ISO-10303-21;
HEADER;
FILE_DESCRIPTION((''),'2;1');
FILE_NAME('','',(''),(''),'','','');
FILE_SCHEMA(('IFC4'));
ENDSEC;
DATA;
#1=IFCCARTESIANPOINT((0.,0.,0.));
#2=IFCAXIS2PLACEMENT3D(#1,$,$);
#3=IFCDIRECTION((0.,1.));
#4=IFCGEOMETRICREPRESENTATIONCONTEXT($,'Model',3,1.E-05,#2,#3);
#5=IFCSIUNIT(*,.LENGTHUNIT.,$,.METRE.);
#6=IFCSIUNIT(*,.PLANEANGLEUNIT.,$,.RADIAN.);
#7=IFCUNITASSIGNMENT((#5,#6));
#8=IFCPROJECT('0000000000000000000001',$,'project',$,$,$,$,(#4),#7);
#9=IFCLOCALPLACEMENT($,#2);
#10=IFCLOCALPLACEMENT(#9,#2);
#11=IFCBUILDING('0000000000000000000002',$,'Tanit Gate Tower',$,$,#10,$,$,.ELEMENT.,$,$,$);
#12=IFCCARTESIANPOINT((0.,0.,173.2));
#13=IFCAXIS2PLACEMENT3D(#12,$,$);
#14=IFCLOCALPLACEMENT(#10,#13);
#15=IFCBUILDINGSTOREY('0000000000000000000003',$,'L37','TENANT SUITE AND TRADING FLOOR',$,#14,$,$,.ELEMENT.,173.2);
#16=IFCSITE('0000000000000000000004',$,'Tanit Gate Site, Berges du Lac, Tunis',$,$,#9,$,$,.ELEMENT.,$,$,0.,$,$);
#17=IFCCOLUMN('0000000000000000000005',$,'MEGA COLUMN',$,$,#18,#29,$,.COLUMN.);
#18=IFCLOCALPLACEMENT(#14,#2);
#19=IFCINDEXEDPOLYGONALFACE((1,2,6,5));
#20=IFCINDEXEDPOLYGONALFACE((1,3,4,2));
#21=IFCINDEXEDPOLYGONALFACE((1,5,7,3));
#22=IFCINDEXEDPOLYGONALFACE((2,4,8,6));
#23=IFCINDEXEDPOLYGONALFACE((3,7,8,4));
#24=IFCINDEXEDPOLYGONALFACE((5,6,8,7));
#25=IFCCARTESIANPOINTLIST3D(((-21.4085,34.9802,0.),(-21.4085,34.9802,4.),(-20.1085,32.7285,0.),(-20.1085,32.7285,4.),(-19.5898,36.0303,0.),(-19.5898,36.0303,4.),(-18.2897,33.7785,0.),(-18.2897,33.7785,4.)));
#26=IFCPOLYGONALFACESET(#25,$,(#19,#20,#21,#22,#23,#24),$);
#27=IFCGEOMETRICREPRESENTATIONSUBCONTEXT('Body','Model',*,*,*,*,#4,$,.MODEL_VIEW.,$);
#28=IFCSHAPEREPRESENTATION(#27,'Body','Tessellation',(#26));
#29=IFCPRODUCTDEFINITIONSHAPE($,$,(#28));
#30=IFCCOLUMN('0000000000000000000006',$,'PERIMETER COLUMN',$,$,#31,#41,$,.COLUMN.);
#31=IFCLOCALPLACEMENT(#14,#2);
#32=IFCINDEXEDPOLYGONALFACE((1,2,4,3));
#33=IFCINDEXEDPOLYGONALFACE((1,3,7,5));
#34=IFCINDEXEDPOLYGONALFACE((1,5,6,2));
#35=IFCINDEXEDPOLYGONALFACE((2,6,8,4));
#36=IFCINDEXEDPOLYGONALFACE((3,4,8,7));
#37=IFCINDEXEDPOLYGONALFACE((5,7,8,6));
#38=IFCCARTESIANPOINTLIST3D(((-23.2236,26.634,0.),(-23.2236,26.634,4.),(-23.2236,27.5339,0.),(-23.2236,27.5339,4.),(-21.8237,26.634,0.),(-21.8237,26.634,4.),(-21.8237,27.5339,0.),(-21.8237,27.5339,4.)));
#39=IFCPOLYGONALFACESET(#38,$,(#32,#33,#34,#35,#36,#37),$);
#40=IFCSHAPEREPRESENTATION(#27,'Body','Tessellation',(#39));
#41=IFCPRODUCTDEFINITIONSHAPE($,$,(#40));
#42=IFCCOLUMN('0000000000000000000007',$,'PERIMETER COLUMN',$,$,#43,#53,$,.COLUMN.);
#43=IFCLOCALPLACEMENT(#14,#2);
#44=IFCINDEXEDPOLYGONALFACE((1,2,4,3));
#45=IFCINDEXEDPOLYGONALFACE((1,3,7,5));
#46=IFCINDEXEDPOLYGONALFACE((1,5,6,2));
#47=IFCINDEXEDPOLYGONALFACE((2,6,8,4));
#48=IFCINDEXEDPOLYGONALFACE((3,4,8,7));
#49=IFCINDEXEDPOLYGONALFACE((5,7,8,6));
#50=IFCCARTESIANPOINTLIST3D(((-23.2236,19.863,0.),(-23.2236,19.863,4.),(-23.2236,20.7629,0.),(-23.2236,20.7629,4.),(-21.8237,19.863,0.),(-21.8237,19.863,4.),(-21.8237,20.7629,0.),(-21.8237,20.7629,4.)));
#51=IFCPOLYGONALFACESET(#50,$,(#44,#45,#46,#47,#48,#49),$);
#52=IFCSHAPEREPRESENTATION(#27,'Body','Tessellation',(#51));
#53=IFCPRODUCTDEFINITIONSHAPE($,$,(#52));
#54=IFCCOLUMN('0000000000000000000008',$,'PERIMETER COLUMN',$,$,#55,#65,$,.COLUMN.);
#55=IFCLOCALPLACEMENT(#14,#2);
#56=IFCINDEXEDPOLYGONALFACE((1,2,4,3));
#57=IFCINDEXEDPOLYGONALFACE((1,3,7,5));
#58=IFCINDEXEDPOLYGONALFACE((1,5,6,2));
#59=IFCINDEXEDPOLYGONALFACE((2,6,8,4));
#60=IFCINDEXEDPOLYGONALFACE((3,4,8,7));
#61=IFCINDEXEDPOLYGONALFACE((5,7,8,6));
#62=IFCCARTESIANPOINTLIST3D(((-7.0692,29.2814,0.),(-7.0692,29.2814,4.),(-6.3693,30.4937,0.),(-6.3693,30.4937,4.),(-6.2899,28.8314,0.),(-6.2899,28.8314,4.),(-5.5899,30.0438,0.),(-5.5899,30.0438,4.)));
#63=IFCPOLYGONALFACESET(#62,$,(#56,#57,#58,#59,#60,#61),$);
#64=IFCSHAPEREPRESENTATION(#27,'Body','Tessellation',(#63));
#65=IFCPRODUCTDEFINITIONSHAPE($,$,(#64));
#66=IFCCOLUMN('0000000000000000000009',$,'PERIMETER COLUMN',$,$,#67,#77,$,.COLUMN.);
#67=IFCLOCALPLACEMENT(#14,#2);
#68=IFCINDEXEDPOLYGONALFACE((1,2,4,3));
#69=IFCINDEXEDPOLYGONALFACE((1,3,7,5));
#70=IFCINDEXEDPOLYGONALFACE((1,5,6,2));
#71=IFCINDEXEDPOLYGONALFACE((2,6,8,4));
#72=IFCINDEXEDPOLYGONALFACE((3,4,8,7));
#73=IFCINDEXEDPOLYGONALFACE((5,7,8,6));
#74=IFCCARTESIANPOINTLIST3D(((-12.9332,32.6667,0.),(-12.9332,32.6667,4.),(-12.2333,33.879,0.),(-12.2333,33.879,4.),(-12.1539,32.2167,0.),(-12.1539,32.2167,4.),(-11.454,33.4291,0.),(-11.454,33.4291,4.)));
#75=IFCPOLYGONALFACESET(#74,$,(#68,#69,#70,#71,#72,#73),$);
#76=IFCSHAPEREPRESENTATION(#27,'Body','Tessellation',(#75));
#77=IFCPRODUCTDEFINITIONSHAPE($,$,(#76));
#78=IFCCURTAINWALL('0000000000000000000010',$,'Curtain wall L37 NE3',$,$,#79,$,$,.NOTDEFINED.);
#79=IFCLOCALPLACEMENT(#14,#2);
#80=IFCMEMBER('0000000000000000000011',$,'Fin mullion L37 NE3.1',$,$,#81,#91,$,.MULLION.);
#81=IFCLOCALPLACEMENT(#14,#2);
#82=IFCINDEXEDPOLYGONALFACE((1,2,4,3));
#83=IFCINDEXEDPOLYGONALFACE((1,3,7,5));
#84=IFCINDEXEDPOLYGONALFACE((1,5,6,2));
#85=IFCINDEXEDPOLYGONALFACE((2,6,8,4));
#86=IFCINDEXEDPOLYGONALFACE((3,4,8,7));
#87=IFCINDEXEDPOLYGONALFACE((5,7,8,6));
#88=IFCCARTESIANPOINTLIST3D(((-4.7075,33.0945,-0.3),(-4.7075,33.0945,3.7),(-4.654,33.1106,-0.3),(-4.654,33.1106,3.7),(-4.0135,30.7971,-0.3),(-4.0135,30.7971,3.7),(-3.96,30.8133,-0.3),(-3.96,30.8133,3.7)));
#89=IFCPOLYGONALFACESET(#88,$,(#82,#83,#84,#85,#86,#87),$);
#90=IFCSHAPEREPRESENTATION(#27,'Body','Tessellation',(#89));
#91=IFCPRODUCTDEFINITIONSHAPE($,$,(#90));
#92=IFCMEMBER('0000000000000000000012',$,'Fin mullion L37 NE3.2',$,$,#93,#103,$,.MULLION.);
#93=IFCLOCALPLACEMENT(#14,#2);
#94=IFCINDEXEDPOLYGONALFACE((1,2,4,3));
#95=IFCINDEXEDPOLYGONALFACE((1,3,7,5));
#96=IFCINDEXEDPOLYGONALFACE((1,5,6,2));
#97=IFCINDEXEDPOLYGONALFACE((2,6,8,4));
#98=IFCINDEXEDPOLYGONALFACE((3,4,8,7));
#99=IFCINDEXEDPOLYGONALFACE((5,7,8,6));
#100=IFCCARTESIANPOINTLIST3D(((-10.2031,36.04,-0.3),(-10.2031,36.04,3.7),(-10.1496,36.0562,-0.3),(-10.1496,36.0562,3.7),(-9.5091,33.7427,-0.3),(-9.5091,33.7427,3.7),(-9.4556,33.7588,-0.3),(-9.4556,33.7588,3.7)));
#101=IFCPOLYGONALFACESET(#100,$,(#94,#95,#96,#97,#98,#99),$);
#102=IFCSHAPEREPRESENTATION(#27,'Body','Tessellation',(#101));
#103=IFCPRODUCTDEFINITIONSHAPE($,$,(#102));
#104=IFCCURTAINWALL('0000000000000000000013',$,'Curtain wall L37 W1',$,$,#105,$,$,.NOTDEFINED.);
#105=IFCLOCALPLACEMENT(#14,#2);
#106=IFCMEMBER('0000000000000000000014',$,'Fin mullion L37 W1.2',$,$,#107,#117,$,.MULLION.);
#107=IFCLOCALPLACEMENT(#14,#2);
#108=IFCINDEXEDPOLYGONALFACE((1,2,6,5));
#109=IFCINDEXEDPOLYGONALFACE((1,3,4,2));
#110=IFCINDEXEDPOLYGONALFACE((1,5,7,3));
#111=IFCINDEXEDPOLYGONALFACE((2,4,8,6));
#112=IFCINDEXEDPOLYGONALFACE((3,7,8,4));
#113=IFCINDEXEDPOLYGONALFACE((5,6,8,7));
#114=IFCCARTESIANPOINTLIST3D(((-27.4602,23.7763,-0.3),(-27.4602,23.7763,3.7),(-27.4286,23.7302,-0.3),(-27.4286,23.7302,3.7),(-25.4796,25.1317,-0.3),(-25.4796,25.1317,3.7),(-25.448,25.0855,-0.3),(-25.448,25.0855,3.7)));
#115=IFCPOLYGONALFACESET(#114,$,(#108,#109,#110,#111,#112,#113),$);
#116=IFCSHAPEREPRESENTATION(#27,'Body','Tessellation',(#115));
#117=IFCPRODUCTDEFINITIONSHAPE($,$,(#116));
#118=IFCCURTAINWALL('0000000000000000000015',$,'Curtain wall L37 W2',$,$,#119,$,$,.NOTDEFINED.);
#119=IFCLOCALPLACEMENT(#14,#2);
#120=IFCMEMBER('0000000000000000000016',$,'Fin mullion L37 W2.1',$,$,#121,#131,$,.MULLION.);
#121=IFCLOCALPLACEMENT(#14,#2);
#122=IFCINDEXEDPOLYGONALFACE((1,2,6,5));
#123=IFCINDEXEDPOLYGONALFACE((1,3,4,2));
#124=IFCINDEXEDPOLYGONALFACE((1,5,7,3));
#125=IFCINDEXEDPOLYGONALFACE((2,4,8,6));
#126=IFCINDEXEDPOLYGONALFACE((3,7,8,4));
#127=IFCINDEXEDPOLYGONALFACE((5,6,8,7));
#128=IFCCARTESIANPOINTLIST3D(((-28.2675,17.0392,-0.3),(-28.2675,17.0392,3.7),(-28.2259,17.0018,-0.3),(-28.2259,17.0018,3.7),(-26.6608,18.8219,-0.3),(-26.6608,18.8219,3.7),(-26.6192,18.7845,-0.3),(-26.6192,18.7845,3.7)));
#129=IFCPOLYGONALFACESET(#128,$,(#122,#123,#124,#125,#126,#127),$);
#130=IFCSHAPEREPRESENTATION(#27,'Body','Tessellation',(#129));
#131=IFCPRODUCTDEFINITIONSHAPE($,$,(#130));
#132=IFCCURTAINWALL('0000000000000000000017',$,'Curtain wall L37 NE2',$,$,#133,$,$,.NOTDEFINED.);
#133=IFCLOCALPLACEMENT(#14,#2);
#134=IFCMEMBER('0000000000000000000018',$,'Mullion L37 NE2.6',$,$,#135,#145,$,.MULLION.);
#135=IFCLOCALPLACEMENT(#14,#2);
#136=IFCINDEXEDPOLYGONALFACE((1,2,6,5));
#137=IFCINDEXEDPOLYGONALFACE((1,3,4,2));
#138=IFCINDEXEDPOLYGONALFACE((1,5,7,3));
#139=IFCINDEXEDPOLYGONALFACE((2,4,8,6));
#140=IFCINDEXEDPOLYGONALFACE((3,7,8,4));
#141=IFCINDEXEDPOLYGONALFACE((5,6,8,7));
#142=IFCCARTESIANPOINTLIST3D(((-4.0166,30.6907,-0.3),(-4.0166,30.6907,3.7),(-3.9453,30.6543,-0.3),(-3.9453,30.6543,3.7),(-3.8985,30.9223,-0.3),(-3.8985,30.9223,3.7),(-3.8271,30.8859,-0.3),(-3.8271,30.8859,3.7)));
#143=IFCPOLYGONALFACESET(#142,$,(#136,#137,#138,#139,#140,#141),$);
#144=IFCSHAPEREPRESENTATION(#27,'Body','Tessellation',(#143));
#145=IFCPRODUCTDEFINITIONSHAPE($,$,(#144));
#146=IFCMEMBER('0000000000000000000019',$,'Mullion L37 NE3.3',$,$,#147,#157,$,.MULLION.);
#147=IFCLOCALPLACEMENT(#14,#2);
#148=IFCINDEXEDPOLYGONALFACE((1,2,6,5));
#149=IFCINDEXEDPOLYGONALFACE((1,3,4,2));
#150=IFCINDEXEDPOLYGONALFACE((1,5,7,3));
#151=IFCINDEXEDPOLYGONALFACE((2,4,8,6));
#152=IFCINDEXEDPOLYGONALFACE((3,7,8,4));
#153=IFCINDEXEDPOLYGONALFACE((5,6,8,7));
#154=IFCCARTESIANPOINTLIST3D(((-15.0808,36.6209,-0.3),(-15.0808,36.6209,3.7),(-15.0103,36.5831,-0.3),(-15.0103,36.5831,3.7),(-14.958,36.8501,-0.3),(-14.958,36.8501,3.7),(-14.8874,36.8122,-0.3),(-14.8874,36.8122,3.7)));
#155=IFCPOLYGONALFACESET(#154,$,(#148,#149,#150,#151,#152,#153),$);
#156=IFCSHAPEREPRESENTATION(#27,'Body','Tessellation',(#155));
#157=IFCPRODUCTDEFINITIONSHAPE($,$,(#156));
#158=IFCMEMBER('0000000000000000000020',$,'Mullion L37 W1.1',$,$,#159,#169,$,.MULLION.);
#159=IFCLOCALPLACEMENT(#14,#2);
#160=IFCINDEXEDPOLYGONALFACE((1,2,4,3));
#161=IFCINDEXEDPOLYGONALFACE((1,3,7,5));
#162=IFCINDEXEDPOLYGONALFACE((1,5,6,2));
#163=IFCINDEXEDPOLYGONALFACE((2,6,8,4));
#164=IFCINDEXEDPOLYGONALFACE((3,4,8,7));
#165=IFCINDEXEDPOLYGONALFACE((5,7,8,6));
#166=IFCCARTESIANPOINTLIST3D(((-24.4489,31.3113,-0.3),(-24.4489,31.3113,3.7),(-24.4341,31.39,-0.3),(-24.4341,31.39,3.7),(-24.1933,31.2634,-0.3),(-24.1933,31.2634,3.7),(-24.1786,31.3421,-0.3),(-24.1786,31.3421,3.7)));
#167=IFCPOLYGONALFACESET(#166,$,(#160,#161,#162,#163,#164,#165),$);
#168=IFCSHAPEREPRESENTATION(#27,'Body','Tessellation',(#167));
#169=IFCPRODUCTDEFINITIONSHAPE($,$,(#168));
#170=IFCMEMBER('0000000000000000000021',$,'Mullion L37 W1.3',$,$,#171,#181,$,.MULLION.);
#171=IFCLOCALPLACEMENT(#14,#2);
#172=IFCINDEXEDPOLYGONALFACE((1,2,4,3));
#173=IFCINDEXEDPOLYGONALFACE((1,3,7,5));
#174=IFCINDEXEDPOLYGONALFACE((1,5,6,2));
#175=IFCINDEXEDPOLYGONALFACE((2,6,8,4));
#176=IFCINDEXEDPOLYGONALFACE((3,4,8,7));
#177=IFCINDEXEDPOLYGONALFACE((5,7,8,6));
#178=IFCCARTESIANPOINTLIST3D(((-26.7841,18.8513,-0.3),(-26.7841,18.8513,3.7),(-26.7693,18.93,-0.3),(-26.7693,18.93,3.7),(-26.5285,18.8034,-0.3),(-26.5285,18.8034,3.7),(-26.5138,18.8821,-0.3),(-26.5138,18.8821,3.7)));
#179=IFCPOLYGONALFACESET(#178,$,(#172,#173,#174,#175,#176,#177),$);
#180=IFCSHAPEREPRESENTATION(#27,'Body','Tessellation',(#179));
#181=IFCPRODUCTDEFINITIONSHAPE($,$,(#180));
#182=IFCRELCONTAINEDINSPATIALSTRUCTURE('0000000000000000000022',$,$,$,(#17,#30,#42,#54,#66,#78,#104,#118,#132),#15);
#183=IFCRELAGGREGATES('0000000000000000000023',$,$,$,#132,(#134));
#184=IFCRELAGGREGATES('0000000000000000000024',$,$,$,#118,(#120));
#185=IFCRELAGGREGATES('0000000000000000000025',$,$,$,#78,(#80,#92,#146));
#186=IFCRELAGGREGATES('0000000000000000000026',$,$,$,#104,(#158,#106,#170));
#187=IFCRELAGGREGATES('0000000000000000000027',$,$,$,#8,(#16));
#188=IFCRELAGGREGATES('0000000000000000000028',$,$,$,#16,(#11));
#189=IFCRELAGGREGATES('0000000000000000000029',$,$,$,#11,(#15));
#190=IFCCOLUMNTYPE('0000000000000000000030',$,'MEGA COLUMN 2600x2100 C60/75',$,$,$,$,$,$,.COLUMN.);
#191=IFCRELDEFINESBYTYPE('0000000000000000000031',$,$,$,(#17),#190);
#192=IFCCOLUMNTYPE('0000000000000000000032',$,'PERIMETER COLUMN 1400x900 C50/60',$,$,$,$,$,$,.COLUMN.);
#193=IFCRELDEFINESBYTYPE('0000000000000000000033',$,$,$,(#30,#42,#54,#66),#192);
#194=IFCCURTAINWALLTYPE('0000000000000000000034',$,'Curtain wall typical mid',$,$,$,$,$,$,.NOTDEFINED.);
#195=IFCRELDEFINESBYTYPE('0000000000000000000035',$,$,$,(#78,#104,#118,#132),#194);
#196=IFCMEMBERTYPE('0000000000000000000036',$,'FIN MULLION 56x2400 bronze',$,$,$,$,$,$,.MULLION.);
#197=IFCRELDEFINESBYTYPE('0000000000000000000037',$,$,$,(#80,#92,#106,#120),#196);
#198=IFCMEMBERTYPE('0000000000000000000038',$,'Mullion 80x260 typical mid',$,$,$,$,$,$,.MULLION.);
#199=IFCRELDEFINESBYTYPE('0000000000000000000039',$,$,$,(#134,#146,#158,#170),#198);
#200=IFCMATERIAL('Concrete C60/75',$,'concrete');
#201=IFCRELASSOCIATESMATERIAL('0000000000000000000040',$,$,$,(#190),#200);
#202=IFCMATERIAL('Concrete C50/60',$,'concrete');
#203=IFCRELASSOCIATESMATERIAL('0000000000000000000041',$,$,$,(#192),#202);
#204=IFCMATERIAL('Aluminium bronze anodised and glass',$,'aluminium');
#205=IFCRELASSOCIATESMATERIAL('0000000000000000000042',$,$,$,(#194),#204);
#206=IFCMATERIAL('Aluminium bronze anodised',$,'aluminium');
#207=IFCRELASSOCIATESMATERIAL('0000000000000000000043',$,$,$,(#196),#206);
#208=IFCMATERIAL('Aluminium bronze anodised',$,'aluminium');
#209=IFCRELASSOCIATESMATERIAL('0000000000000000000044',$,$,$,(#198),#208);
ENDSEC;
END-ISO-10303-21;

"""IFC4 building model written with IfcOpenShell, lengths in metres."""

from ifc_helpers import new_model, si_unit, direction, frame, origin, origin_2d, place, context, subcontext, project, spatial, rectangle, extrude, material, material_profile, profile_set, type_object, element, aggregate, save


model = new_model("IFC4")

# Units and contexts
model_context = context("Model", 3, precision=1e-05, world=origin(), true_north=direction((0.0, 1.0)))
body_context = subcontext(model_context, "Body", "Model", "MODEL_VIEW")
ifc_project = project(units=[si_unit("LENGTHUNIT", "METRE"), si_unit("PLANEANGLEUNIT", "RADIAN")], contexts=[model_context])

# Site, building, storey
site_placement = place(None, origin())
site = spatial("IfcSite", under=ifc_project, at=site_placement, Name="Tanit Gate Site, Berges du Lac, Tunis", CompositionType="ELEMENT", RefElevation=0.0)
building_placement = place(site_placement, origin())
building = spatial("IfcBuilding", under=site, at=building_placement, Name="Tanit Gate Tower", CompositionType="ELEMENT")
storey_placement = place(building_placement, frame((0.0, 0.0, 173.2)))
storey = spatial("IfcBuildingStorey", under=building, at=storey_placement, Name="L37", Description="TENANT SUITE AND TRADING FLOOR", CompositionType="ELEMENT", Elevation=173.2)

# Columns
ifc_material_1 = material(Name="Concrete C60/75", Category="concrete")
ifc_material_profile_1 = material_profile(ifc_material_1, rectangle(XDim=2.6001, YDim=2.1001, at=origin_2d()), Name="RC 2600x2100")
ifc_profile_set_1 = profile_set([ifc_material_profile_1], Name="Concrete C60/75")
column_type_1 = type_object("IfcColumnType", Name="MEGA COLUMN 2600x2100 C60/75", PredefinedType="COLUMN", material=ifc_profile_set_1)
column_placement = place(storey_placement, frame((-19.8491, 34.3794, 0.0), z_axis=(0.0, 0.0, 1.0), x_axis=(-0.5, 0.866025, 0.0)))
element("IfcColumn", 1, at=column_placement, inside=storey, type_object=column_type_1, Name="MEGA COLUMN", PredefinedType="COLUMN", context=body_context, shape_type="SweptSolid", body=[
    extrude(rectangle(XDim=2.6001, YDim=2.1001, at=origin_2d()), origin(), (0.0, 0.0, 1.0), 4.0),
])
ifc_material_2 = material(Name="Concrete C50/60", Category="concrete")
ifc_material_profile_2 = material_profile(ifc_material_2, rectangle(XDim=1.3999, YDim=0.8999, at=origin_2d()), Name="RC 1400x900")
ifc_profile_set_2 = profile_set([ifc_material_profile_2], Name="Concrete C50/60")
column_type_2 = type_object("IfcColumnType", Name="PERIMETER COLUMN 1400x900 C50/60", PredefinedType="COLUMN", material=ifc_profile_set_2)
for number, where, z_axis, x_axis, name in (
    (2, (-22.5237, 27.084, 0.0), (0.0, 0.0, 1.0), (-1.0, 0.0, 0.0), "PERIMETER COLUMN"),
    (3, (-22.5237, 20.313, 0.0), (0.0, 0.0, 1.0), (-1.0, 0.0, 0.0), "PERIMETER COLUMN"),
    (4, (-6.3296, 29.6626, 0.0), (0.0, 0.0, 1.0), (0.5, 0.866025, 0.0), "PERIMETER COLUMN"),
    (5, (-12.1936, 33.0479, 0.0), (0.0, 0.0, 1.0), (0.5, 0.866025, 0.0), "PERIMETER COLUMN"),
):
    element("IfcColumn", number, at=place(storey_placement, frame(where, z_axis=z_axis, x_axis=x_axis)), inside=storey, type_object=column_type_2, Name=name, PredefinedType="COLUMN", context=body_context, shape_type="SweptSolid", body=[
        extrude(rectangle(XDim=1.3999, YDim=0.8999, at=origin_2d()), origin(), (0.0, 0.0, 1.0), 4.0),
    ])

# Curtain wall, members
ifc_material_3 = material(Name="Aluminium bronze anodised and glass", Category="aluminium")
curtain_wall_type = type_object("IfcCurtainWallType", Name="Curtain wall typical mid", PredefinedType="NOTDEFINED", material=ifc_material_3)
curtain_wall_1_placement = place(storey_placement, origin())
curtain_wall_1 = element("IfcCurtainWall", 6, at=curtain_wall_1_placement, inside=storey, type_object=curtain_wall_type, Name="Curtain wall L37 NE3", PredefinedType="NOTDEFINED")
ifc_material_4 = material(Name="Aluminium bronze anodised", Category="aluminium")
ifc_material_profile_3 = material_profile(ifc_material_4, rectangle(XDim=2.3999, YDim=0.0559, at=origin_2d()), Name="56x2400 bronze fin mullion")
ifc_profile_set_3 = profile_set([ifc_material_profile_3], Name="Aluminium bronze anodised")
member_type_1 = type_object("IfcMemberType", Name="FIN MULLION 56x2400 bronze", PredefinedType="MULLION", material=ifc_profile_set_3)
member_1_placement = place(storey_placement, frame((-4.3337, 31.9539, -0.3), z_axis=(0.0, 0.0, 1.0), x_axis=(0.289196, -0.95727, 0.0)))
member_1 = element("IfcMember", 7, at=member_1_placement, type_object=member_type_1, Name="Fin mullion L37 NE3.1", PredefinedType="MULLION", context=body_context, shape_type="SweptSolid", body=[
    extrude(rectangle(XDim=2.3999, YDim=0.0559, at=origin_2d()), origin(), (0.0, 0.0, 1.0), 4.0),
])
member_2_placement = place(storey_placement, frame((-9.8293, 34.8994, -0.3), z_axis=(0.0, 0.0, 1.0), x_axis=(0.289196, -0.95727, 0.0)))
member_2 = element("IfcMember", 8, at=member_2_placement, type_object=member_type_1, Name="Fin mullion L37 NE3.2", PredefinedType="MULLION", context=body_context, shape_type="SweptSolid", body=[
    extrude(rectangle(XDim=2.3999, YDim=0.0559, at=origin_2d()), origin(), (0.0, 0.0, 1.0), 4.0),
])

# Curtain walls, members
curtain_wall_2_placement = place(storey_placement, origin())
curtain_wall_2 = element("IfcCurtainWall", 9, at=curtain_wall_2_placement, inside=storey, type_object=curtain_wall_type, Name="Curtain wall L37 W1", PredefinedType="NOTDEFINED")
member_3_placement = place(storey_placement, frame((-26.4541, 24.4309, -0.3), z_axis=(0.0, 0.0, 1.0), x_axis=(0.825254, 0.564762, 0.0)))
member_3 = element("IfcMember", 10, at=member_3_placement, type_object=member_type_1, Name="Fin mullion L37 W1.2", PredefinedType="MULLION", context=body_context, shape_type="SweptSolid", body=[
    extrude(rectangle(XDim=2.3999, YDim=0.0559, at=origin_2d()), origin(), (0.0, 0.0, 1.0), 4.0),
])
curtain_wall_3_placement = place(storey_placement, origin())
curtain_wall_3 = element("IfcCurtainWall", 11, at=curtain_wall_3_placement, inside=storey, type_object=curtain_wall_type, Name="Curtain wall L37 W2", PredefinedType="NOTDEFINED")
member_4_placement = place(storey_placement, frame((-27.4434, 17.9119, -0.3), z_axis=(0.0, 0.0, 1.0), x_axis=(0.669481, 0.742829, 0.0)))
member_4 = element("IfcMember", 12, at=member_4_placement, type_object=member_type_1, Name="Fin mullion L37 W2.1", PredefinedType="MULLION", context=body_context, shape_type="SweptSolid", body=[
    extrude(rectangle(XDim=2.3999, YDim=0.0559, at=origin_2d()), origin(), (0.0, 0.0, 1.0), 4.0),
])
curtain_wall_4_placement = place(storey_placement, origin())
curtain_wall_4 = element("IfcCurtainWall", 13, at=curtain_wall_4_placement, inside=storey, type_object=curtain_wall_type, Name="Curtain wall L37 NE2", PredefinedType="NOTDEFINED")
ifc_material_5 = material(Name="Aluminium bronze anodised", Category="aluminium")
ifc_material_profile_4 = material_profile(ifc_material_5, rectangle(XDim=0.26, YDim=0.0801, at=origin_2d()), Name="80x260 bronze mullion")
ifc_profile_set_4 = profile_set([ifc_material_profile_4], Name="Aluminium bronze anodised")
member_type_2 = type_object("IfcMemberType", Name="Mullion 80x260 typical mid", PredefinedType="MULLION", material=ifc_profile_set_4)
member_5_placement = place(storey_placement, frame((-3.9219, 30.7883, -0.3), z_axis=(0.0, 0.0, 1.0), x_axis=(-0.454411, -0.890792, 0.0)))
member_5 = element("IfcMember", 14, at=member_5_placement, type_object=member_type_2, Name="Mullion L37 NE2.6", PredefinedType="MULLION", context=body_context, shape_type="SweptSolid", body=[
    extrude(rectangle(XDim=0.26, YDim=0.0801, at=origin_2d()), origin(), (0.0, 0.0, 1.0), 4.0),
])
aggregate(curtain_wall_4, [member_5])

# Members
member_6_placement = place(storey_placement, frame((-14.9841, 36.7166, -0.3), z_axis=(0.0, 0.0, 1.0), x_axis=(-0.472399, -0.881385, 0.0)))
member_6 = element("IfcMember", 15, at=member_6_placement, type_object=member_type_2, Name="Mullion L37 NE3.3", PredefinedType="MULLION", context=body_context, shape_type="SweptSolid", body=[
    extrude(rectangle(XDim=0.26, YDim=0.0801, at=origin_2d()), origin(), (0.0, 0.0, 1.0), 4.0),
])
member_7_placement = place(storey_placement, frame((-24.3137, 31.3267, -0.3), z_axis=(0.0, 0.0, 1.0), x_axis=(0.98289, -0.184196, 0.0)))
member_7 = element("IfcMember", 16, at=member_7_placement, type_object=member_type_2, Name="Mullion L37 W1.1", PredefinedType="MULLION", context=body_context, shape_type="SweptSolid", body=[
    extrude(rectangle(XDim=0.26, YDim=0.0801, at=origin_2d()), origin(), (0.0, 0.0, 1.0), 4.0),
])
member_8_placement = place(storey_placement, frame((-26.6489, 18.8667, -0.3), z_axis=(0.0, 0.0, 1.0), x_axis=(0.98289, -0.184196, 0.0)))
member_8 = element("IfcMember", 17, at=member_8_placement, type_object=member_type_2, Name="Mullion L37 W1.3", PredefinedType="MULLION", context=body_context, shape_type="SweptSolid", body=[
    extrude(rectangle(XDim=0.26, YDim=0.0801, at=origin_2d()), origin(), (0.0, 0.0, 1.0), 4.0),
])

aggregate(curtain_wall_3, [member_4])

aggregate(curtain_wall_1, [member_1, member_2, member_6])
aggregate(curtain_wall_2, [member_7, member_3, member_8])

save(model, "model.ifc")
